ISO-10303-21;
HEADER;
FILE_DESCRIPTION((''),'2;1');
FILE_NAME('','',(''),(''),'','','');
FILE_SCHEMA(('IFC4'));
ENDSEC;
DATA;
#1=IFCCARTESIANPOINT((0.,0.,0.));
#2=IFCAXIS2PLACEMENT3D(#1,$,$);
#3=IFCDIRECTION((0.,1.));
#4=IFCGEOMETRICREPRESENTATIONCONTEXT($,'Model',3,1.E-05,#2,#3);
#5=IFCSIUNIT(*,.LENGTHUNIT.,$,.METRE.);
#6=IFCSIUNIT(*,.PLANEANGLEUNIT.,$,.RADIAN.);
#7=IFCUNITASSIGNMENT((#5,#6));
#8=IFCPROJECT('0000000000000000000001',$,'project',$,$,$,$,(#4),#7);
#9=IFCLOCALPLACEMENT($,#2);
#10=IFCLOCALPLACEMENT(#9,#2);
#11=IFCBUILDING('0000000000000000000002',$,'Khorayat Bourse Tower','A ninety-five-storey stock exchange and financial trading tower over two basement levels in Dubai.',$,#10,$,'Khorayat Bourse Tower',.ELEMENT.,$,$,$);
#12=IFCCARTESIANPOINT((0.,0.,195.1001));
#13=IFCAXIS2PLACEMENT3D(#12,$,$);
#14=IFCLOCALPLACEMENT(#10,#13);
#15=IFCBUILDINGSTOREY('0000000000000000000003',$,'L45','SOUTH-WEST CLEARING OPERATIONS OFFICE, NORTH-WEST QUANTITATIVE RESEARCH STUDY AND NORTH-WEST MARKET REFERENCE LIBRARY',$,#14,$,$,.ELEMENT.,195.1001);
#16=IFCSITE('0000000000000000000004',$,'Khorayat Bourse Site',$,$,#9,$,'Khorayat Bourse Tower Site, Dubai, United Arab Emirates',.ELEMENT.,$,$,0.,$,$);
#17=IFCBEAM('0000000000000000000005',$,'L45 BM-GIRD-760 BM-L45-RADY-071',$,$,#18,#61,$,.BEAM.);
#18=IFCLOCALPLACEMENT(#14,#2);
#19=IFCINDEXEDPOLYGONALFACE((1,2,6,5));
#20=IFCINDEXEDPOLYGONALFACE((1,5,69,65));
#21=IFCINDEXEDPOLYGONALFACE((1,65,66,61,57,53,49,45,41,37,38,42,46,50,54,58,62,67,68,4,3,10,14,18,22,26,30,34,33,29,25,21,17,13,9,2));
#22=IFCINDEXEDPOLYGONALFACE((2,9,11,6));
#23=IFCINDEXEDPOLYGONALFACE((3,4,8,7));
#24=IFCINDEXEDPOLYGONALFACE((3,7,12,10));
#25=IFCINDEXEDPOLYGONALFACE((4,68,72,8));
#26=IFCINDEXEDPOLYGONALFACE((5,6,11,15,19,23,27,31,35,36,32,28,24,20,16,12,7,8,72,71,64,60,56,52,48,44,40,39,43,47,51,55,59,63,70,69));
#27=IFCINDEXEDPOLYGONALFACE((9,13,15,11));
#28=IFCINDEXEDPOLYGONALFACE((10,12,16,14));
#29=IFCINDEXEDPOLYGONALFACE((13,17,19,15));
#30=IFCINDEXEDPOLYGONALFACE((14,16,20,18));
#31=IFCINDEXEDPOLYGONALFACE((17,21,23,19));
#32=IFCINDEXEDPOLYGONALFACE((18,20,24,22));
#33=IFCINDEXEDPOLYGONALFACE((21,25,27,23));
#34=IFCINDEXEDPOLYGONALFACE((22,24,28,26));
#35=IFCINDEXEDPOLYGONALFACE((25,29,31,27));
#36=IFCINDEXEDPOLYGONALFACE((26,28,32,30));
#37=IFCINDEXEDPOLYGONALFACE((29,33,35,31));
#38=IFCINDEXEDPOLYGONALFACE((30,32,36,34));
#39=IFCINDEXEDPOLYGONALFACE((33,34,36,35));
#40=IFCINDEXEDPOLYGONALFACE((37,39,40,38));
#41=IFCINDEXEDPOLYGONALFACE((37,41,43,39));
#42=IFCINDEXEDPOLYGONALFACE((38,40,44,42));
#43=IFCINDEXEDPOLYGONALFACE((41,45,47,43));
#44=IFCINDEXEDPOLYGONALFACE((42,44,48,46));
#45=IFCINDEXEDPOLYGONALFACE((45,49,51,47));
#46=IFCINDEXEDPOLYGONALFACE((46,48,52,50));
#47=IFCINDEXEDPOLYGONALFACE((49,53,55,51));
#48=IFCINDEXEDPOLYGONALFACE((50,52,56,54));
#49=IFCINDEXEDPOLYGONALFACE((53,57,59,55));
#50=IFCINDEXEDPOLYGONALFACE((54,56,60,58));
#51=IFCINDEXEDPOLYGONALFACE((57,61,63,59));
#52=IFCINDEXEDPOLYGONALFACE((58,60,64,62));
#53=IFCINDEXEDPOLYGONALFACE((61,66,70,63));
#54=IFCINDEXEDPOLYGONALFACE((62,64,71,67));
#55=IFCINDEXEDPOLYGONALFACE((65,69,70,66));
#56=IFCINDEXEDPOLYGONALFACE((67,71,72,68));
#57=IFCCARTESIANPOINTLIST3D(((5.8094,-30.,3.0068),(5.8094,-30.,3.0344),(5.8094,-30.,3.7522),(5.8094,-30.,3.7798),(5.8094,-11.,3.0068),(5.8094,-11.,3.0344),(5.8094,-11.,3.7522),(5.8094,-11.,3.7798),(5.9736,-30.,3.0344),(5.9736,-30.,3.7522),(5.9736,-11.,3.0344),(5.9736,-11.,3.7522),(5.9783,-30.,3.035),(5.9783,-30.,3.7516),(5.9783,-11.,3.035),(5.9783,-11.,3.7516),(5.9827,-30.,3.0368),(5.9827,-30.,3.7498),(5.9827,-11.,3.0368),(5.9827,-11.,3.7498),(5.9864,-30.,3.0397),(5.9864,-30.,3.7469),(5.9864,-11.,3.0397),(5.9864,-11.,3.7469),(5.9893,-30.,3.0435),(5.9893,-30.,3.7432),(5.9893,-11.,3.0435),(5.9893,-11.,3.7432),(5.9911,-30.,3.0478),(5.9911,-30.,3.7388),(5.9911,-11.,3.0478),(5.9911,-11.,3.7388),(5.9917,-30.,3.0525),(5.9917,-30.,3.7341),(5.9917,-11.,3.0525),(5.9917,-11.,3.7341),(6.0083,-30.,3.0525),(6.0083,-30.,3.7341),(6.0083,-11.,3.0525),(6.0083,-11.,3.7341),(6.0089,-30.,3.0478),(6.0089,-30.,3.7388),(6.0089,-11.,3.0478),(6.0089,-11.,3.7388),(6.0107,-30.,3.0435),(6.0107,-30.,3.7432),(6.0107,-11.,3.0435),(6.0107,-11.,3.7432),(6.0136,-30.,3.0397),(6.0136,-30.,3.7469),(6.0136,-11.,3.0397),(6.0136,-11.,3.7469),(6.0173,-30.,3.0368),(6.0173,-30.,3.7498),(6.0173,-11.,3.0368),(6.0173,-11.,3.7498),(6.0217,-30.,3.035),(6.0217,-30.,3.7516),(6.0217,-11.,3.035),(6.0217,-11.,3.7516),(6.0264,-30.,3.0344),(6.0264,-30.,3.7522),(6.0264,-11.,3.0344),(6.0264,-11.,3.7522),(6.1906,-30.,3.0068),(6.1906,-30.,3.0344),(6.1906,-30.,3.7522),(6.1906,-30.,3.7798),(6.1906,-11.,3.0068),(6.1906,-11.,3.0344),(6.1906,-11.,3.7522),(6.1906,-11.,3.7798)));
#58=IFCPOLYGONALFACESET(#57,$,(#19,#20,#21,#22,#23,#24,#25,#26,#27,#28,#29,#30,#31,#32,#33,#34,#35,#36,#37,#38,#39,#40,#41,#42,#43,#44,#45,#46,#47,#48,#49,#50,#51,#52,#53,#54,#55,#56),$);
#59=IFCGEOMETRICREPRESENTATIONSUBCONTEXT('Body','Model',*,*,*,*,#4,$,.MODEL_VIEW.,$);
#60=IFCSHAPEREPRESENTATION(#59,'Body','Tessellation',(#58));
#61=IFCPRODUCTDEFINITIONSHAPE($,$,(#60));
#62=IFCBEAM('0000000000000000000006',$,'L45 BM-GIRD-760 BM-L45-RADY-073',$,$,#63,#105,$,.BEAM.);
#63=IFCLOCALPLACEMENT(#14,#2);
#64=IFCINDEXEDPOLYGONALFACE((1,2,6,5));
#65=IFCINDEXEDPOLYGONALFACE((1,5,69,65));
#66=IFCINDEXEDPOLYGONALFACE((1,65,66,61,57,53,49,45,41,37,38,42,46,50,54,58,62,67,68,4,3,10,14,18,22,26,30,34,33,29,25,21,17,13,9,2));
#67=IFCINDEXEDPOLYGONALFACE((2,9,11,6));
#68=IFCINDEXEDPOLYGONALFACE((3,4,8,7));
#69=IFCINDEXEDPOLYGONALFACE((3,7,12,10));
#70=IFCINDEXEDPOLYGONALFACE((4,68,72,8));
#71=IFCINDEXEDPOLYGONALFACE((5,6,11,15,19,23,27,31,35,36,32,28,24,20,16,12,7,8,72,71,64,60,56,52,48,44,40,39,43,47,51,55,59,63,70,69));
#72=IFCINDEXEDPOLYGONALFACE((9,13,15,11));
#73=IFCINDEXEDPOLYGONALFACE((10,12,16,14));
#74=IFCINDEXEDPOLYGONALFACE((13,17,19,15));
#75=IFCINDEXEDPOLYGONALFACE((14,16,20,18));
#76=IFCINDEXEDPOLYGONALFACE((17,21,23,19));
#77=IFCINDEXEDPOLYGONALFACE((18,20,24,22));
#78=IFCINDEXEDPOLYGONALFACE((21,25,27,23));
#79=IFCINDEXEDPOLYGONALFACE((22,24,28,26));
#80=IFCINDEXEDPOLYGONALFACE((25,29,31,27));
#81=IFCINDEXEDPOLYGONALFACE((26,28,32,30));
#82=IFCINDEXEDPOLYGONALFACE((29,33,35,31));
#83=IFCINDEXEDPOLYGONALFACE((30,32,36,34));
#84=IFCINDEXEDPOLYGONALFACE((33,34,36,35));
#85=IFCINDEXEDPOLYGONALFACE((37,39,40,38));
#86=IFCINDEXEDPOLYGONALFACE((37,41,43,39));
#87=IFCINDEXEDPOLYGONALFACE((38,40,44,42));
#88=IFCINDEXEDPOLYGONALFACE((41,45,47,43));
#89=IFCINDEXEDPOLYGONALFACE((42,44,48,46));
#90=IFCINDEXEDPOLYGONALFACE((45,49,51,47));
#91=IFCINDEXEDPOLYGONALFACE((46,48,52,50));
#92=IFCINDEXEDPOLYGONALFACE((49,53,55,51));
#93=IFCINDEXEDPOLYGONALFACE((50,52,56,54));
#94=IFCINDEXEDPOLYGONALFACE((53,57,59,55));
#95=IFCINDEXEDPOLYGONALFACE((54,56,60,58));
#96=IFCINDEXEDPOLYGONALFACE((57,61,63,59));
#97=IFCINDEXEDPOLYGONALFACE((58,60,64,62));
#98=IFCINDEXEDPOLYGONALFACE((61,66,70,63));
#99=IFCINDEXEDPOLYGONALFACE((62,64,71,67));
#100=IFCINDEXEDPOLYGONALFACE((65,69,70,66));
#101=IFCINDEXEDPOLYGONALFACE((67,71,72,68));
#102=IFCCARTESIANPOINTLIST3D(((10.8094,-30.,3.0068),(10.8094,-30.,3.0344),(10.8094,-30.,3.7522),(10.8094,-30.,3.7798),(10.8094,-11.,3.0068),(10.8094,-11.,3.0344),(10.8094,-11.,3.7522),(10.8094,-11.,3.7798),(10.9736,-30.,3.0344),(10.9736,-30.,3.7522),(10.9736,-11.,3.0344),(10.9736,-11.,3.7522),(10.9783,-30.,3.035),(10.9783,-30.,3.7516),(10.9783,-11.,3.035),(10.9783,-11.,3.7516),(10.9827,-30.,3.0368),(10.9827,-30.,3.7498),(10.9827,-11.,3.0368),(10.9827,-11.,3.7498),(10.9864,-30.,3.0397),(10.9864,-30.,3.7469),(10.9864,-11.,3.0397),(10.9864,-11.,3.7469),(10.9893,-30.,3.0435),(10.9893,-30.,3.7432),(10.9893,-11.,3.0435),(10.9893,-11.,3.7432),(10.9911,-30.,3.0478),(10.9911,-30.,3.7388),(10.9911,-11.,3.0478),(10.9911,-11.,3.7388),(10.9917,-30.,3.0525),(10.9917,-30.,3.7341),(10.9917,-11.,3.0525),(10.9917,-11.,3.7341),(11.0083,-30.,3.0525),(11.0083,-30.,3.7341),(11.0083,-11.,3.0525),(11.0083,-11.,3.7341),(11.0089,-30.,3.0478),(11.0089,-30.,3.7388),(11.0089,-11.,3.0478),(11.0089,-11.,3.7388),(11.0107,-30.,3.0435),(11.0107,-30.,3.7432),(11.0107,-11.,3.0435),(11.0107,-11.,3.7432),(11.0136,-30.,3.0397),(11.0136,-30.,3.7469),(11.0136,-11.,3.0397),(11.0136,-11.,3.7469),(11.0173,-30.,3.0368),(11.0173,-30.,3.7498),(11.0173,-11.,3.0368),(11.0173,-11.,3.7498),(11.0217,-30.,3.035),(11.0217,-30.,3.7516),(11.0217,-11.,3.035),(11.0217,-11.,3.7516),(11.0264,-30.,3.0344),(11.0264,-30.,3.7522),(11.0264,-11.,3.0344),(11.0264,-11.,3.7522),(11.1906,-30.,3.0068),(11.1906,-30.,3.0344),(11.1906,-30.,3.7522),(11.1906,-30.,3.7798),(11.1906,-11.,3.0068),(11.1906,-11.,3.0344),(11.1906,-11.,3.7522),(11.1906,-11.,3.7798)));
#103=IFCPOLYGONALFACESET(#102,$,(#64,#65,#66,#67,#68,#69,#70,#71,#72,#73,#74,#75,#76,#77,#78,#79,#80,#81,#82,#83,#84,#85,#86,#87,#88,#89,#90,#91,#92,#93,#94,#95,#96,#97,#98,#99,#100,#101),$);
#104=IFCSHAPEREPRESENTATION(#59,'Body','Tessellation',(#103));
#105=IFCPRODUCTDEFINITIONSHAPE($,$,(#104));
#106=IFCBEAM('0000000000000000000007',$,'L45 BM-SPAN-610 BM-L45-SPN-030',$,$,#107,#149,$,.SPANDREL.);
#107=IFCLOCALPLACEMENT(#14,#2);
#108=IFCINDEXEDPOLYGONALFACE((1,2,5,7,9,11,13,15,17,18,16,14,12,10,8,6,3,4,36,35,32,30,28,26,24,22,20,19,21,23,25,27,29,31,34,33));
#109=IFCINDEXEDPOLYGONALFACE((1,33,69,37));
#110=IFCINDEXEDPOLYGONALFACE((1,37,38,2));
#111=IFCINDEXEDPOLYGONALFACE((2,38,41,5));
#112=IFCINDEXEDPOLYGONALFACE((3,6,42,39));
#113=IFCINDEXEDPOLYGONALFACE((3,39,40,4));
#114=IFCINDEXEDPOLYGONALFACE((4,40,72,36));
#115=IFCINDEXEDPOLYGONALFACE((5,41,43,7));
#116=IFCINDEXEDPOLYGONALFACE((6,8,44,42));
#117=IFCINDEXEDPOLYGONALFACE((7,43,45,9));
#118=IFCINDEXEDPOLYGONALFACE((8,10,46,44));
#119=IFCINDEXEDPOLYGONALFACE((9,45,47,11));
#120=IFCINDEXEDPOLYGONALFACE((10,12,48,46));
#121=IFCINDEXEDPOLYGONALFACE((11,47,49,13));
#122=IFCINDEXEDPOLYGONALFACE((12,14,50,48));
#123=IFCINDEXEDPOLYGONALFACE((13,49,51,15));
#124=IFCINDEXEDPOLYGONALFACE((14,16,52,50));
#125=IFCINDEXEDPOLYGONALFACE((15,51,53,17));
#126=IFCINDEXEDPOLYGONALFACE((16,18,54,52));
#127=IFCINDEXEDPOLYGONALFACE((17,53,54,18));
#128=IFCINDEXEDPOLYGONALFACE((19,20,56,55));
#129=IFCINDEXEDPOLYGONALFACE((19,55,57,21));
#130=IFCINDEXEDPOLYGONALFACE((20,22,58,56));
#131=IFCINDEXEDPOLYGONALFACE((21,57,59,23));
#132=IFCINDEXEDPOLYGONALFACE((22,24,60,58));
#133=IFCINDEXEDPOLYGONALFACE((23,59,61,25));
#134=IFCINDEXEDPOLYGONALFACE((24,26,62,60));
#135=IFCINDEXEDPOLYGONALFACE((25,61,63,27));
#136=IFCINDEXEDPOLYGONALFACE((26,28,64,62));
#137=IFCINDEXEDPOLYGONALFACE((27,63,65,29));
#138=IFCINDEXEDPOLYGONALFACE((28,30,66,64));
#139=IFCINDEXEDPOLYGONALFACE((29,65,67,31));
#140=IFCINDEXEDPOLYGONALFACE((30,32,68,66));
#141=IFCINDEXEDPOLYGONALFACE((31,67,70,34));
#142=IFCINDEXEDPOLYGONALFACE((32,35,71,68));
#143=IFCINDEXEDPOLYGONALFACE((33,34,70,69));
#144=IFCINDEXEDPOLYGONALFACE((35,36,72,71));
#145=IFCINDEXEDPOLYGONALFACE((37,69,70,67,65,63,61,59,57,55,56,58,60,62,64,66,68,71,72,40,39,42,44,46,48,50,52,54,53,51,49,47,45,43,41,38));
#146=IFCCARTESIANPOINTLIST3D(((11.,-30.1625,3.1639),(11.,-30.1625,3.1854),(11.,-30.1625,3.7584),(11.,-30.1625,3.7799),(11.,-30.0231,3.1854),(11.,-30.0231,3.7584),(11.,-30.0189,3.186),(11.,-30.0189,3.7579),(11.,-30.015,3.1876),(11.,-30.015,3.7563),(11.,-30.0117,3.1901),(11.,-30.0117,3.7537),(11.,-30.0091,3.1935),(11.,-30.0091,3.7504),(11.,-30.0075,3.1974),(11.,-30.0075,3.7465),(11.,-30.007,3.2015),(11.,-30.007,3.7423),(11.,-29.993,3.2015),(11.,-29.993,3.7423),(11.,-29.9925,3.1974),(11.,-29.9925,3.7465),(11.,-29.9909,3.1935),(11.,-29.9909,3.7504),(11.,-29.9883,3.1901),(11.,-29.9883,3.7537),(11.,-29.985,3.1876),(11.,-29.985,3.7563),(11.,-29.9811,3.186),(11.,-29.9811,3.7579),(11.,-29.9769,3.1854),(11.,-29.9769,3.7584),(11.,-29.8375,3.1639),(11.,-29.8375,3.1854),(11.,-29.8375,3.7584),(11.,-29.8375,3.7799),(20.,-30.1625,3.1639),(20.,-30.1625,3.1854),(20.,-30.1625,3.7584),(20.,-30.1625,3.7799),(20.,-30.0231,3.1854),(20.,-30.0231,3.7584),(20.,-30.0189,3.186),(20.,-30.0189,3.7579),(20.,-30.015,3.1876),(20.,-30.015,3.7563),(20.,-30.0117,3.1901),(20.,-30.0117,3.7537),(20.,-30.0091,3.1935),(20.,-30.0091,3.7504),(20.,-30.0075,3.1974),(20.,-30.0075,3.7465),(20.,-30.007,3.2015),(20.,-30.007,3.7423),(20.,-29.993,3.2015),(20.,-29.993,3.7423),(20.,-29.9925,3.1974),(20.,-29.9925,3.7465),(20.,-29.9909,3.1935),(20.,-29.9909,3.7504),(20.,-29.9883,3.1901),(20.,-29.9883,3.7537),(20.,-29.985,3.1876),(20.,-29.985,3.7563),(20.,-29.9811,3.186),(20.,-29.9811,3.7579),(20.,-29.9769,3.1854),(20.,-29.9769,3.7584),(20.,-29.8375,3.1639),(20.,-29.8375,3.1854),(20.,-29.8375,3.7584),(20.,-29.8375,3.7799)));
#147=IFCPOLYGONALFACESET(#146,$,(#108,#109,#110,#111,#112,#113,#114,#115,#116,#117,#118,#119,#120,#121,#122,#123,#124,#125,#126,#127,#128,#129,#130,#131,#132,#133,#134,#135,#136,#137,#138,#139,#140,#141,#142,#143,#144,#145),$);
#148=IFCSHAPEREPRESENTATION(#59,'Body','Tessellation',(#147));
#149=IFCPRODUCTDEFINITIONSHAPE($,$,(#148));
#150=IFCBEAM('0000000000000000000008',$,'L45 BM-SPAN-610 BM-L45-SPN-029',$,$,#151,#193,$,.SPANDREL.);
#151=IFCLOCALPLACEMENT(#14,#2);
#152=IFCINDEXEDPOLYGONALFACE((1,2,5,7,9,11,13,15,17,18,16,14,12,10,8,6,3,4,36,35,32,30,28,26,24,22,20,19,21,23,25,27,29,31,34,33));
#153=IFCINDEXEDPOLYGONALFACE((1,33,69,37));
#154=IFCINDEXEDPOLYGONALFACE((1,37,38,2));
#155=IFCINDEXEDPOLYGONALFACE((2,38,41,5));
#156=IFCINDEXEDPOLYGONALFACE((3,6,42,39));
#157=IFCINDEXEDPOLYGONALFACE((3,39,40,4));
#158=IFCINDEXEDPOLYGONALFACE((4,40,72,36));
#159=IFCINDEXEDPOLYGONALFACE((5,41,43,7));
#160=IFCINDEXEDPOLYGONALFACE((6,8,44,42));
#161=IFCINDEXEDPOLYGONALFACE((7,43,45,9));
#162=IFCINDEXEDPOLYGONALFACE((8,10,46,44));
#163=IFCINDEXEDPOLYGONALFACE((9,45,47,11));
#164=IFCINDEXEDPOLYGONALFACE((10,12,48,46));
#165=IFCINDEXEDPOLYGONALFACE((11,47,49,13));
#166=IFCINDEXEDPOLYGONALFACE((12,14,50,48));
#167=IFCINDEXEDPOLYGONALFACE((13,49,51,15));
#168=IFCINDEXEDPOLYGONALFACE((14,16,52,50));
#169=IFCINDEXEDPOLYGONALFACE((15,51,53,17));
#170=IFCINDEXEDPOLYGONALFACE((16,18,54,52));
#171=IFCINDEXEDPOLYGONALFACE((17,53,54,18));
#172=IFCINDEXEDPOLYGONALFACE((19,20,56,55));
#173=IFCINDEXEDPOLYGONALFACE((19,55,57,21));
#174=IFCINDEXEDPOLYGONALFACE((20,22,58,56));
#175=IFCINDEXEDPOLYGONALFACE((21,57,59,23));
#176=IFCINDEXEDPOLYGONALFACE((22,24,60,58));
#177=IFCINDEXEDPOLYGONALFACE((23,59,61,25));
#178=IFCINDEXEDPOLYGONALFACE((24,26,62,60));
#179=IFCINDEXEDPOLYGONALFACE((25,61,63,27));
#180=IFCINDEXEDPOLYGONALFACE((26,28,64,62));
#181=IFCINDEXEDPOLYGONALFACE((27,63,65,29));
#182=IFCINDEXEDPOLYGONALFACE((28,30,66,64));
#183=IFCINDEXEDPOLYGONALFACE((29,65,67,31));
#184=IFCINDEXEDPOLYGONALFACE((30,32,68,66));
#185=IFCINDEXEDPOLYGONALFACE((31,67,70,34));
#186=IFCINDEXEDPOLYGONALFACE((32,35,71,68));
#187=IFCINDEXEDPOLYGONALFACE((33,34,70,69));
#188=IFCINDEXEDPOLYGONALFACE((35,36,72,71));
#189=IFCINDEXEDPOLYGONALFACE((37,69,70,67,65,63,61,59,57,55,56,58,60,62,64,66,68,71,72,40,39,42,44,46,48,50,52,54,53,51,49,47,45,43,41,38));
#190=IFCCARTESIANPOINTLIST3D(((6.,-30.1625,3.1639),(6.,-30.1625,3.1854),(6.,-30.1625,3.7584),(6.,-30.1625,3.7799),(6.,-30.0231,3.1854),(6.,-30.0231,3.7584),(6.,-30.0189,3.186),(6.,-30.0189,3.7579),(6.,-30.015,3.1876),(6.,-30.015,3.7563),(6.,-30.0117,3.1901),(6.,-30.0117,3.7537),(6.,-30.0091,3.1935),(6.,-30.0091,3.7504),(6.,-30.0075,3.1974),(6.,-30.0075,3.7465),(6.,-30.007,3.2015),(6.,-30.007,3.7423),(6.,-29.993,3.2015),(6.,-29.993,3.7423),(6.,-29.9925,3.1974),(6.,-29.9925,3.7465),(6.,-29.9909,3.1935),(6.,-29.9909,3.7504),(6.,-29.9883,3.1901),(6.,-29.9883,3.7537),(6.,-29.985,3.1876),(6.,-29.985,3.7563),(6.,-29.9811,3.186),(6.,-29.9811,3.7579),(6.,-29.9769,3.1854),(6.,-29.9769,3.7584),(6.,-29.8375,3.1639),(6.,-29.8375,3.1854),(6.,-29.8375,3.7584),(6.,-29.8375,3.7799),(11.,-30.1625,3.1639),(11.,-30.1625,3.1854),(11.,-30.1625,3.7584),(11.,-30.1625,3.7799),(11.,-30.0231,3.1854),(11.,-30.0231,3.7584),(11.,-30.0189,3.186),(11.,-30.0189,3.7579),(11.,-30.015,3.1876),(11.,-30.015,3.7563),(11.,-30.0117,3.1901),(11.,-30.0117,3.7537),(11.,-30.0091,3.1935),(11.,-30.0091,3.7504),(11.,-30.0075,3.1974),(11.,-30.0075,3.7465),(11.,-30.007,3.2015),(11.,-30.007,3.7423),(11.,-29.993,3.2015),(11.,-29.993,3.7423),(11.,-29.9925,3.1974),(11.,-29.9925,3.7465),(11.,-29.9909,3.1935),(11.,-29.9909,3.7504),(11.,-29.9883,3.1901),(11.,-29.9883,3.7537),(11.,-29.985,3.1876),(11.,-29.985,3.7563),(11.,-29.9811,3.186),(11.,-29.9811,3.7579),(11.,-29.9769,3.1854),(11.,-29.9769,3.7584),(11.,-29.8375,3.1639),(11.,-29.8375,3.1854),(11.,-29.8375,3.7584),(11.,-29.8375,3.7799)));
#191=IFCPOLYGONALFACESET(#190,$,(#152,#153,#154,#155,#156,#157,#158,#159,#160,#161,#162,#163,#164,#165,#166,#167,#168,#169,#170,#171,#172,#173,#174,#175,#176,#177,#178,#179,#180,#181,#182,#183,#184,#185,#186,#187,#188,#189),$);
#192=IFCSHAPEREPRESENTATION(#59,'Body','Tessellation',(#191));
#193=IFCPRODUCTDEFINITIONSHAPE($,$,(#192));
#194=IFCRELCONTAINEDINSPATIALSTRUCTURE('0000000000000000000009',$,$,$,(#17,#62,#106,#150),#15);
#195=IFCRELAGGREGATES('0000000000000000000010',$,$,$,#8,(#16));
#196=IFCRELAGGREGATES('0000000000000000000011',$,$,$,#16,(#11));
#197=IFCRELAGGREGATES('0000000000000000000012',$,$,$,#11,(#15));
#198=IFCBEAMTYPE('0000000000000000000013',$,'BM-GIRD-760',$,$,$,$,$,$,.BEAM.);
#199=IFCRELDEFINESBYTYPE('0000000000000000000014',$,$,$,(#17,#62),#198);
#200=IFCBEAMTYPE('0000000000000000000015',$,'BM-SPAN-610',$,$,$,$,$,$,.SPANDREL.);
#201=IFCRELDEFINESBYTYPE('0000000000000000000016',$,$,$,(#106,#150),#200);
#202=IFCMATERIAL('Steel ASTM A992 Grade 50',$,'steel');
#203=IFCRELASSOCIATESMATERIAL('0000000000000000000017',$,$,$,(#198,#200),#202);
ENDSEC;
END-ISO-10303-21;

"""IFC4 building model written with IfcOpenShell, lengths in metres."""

from ifc_helpers import new_model, si_unit, direction, frame, origin, origin_2d, place, context, subcontext, project, spatial, i_section, extrude, source, transform, mapped, material, material_profile, profile_set, type_object, element, save


model = new_model("IFC4")

# Units and contexts
model_context = context("Model", 3, precision=1e-05, world=origin(), true_north=direction((0.0, 1.0)))
body_context = subcontext(model_context, "Body", "Model", "MODEL_VIEW")
ifc_project = project(units=[si_unit("LENGTHUNIT", "METRE"), si_unit("PLANEANGLEUNIT", "RADIAN")], contexts=[model_context])

# Site, building, storey
site_placement = place(None, origin())
site = spatial("IfcSite", under=ifc_project, at=site_placement, Name="Khorayat Bourse Site", LongName="Khorayat Bourse Tower Site, Dubai, United Arab Emirates", CompositionType="ELEMENT", RefElevation=0.0)
building_placement = place(site_placement, origin())
building = spatial("IfcBuilding", under=site, at=building_placement, Name="Khorayat Bourse Tower", Description="A ninety-five-storey stock exchange and financial trading tower over two basement levels in Dubai.", LongName="Khorayat Bourse Tower", CompositionType="ELEMENT")
storey_placement = place(building_placement, frame((0.0, 0.0, 195.1001)))
storey = spatial("IfcBuildingStorey", under=building, at=storey_placement, Name="L45", Description="SOUTH-WEST CLEARING OPERATIONS OFFICE, NORTH-WEST QUANTITATIVE RESEARCH STUDY AND NORTH-WEST MARKET REFERENCE LIBRARY", CompositionType="ELEMENT", Elevation=195.1001)

# Beams
ifc_material_1 = material(Name="Steel ASTM A992 Grade 50", Category="steel")
ifc_material_profile_1 = material_profile(ifc_material_1, i_section(OverallWidth=0.3811, OverallDepth=0.7729, WebThickness=0.0166, FlangeThickness=0.0276, FilletRadius=0.0181, at=origin_2d()), Name="W760X257")
ifc_profile_set_1 = profile_set([ifc_material_profile_1], Name="Steel ASTM A992 Grade 50")
beam_type_1 = type_object("IfcBeamType", Name="BM-GIRD-760", PredefinedType="BEAM", material=ifc_profile_set_1)
shared_shape_1 = source(origin(), body_context, "Body", "SweptSolid", [
    extrude(i_section(OverallWidth=0.3811, OverallDepth=0.7729, WebThickness=0.0166, FlangeThickness=0.0276, FilletRadius=0.0181, at=origin_2d()), origin(), (0.0, 0.0, 1.0), 19.0),
])
for number, where, z_axis, x_axis, name in (
    (1, (6.0, -30.0, 3.3933), (0.0, 1.0, 0.0), (-1.0, 0.0, 0.0), "L45 BM-GIRD-760 BM-L45-RADY-071"),
    (2, (11.0, -30.0, 3.3933), (0.0, 1.0, 0.0), (-1.0, 0.0, 0.0), "L45 BM-GIRD-760 BM-L45-RADY-073"),
):
    element("IfcBeam", number, at=place(storey_placement, frame(where, z_axis=z_axis, x_axis=x_axis)), inside=storey, type_object=beam_type_1, Name=name, PredefinedType="BEAM", context=body_context, shape_type="MappedRepresentation", body=[
        mapped(shared_shape_1, transform((0.0, 0.0, 0.0), scale=1.0)),
    ])
ifc_material_profile_2 = material_profile(ifc_material_1, i_section(OverallWidth=0.325, OverallDepth=0.616, WebThickness=0.0139, FlangeThickness=0.0215, FilletRadius=0.0161, at=origin_2d()), Name="W610X174")
ifc_profile_set_2 = profile_set([ifc_material_profile_2], Name="Steel ASTM A992 Grade 50")
beam_type_2 = type_object("IfcBeamType", Name="BM-SPAN-610", PredefinedType="SPANDREL", material=ifc_profile_set_2)
shared_shape_2 = source(origin(), body_context, "Body", "SweptSolid", [
    extrude(i_section(OverallWidth=0.325, OverallDepth=0.616, WebThickness=0.0139, FlangeThickness=0.0215, FilletRadius=0.0161, at=origin_2d()), origin(), (0.0, 0.0, 1.0), 9.0),
])
beam_1_placement = place(storey_placement, frame((11.0, -30.0, 3.4719), z_axis=(1.0, 0.0, 0.0), x_axis=(0.0, 1.0, 0.0)))
element("IfcBeam", 3, at=beam_1_placement, inside=storey, type_object=beam_type_2, Name="L45 BM-SPAN-610 BM-L45-SPN-030", PredefinedType="SPANDREL", context=body_context, shape_type="MappedRepresentation", body=[
    mapped(shared_shape_2, transform((0.0, 0.0, 0.0), scale=1.0)),
])
shared_shape_3 = source(origin(), body_context, "Body", "SweptSolid", [
    extrude(i_section(OverallWidth=0.325, OverallDepth=0.616, WebThickness=0.0139, FlangeThickness=0.0215, FilletRadius=0.0161, at=origin_2d()), origin(), (0.0, 0.0, 1.0), 5.0),
])
beam_2_placement = place(storey_placement, frame((6.0, -30.0, 3.4719), z_axis=(1.0, 0.0, 0.0), x_axis=(0.0, 1.0, 0.0)))
element("IfcBeam", 4, at=beam_2_placement, inside=storey, type_object=beam_type_2, Name="L45 BM-SPAN-610 BM-L45-SPN-029", PredefinedType="SPANDREL", context=body_context, shape_type="MappedRepresentation", body=[
    mapped(shared_shape_3, transform((0.0, 0.0, 0.0), scale=1.0)),
])

save(model, "model.ifc")
